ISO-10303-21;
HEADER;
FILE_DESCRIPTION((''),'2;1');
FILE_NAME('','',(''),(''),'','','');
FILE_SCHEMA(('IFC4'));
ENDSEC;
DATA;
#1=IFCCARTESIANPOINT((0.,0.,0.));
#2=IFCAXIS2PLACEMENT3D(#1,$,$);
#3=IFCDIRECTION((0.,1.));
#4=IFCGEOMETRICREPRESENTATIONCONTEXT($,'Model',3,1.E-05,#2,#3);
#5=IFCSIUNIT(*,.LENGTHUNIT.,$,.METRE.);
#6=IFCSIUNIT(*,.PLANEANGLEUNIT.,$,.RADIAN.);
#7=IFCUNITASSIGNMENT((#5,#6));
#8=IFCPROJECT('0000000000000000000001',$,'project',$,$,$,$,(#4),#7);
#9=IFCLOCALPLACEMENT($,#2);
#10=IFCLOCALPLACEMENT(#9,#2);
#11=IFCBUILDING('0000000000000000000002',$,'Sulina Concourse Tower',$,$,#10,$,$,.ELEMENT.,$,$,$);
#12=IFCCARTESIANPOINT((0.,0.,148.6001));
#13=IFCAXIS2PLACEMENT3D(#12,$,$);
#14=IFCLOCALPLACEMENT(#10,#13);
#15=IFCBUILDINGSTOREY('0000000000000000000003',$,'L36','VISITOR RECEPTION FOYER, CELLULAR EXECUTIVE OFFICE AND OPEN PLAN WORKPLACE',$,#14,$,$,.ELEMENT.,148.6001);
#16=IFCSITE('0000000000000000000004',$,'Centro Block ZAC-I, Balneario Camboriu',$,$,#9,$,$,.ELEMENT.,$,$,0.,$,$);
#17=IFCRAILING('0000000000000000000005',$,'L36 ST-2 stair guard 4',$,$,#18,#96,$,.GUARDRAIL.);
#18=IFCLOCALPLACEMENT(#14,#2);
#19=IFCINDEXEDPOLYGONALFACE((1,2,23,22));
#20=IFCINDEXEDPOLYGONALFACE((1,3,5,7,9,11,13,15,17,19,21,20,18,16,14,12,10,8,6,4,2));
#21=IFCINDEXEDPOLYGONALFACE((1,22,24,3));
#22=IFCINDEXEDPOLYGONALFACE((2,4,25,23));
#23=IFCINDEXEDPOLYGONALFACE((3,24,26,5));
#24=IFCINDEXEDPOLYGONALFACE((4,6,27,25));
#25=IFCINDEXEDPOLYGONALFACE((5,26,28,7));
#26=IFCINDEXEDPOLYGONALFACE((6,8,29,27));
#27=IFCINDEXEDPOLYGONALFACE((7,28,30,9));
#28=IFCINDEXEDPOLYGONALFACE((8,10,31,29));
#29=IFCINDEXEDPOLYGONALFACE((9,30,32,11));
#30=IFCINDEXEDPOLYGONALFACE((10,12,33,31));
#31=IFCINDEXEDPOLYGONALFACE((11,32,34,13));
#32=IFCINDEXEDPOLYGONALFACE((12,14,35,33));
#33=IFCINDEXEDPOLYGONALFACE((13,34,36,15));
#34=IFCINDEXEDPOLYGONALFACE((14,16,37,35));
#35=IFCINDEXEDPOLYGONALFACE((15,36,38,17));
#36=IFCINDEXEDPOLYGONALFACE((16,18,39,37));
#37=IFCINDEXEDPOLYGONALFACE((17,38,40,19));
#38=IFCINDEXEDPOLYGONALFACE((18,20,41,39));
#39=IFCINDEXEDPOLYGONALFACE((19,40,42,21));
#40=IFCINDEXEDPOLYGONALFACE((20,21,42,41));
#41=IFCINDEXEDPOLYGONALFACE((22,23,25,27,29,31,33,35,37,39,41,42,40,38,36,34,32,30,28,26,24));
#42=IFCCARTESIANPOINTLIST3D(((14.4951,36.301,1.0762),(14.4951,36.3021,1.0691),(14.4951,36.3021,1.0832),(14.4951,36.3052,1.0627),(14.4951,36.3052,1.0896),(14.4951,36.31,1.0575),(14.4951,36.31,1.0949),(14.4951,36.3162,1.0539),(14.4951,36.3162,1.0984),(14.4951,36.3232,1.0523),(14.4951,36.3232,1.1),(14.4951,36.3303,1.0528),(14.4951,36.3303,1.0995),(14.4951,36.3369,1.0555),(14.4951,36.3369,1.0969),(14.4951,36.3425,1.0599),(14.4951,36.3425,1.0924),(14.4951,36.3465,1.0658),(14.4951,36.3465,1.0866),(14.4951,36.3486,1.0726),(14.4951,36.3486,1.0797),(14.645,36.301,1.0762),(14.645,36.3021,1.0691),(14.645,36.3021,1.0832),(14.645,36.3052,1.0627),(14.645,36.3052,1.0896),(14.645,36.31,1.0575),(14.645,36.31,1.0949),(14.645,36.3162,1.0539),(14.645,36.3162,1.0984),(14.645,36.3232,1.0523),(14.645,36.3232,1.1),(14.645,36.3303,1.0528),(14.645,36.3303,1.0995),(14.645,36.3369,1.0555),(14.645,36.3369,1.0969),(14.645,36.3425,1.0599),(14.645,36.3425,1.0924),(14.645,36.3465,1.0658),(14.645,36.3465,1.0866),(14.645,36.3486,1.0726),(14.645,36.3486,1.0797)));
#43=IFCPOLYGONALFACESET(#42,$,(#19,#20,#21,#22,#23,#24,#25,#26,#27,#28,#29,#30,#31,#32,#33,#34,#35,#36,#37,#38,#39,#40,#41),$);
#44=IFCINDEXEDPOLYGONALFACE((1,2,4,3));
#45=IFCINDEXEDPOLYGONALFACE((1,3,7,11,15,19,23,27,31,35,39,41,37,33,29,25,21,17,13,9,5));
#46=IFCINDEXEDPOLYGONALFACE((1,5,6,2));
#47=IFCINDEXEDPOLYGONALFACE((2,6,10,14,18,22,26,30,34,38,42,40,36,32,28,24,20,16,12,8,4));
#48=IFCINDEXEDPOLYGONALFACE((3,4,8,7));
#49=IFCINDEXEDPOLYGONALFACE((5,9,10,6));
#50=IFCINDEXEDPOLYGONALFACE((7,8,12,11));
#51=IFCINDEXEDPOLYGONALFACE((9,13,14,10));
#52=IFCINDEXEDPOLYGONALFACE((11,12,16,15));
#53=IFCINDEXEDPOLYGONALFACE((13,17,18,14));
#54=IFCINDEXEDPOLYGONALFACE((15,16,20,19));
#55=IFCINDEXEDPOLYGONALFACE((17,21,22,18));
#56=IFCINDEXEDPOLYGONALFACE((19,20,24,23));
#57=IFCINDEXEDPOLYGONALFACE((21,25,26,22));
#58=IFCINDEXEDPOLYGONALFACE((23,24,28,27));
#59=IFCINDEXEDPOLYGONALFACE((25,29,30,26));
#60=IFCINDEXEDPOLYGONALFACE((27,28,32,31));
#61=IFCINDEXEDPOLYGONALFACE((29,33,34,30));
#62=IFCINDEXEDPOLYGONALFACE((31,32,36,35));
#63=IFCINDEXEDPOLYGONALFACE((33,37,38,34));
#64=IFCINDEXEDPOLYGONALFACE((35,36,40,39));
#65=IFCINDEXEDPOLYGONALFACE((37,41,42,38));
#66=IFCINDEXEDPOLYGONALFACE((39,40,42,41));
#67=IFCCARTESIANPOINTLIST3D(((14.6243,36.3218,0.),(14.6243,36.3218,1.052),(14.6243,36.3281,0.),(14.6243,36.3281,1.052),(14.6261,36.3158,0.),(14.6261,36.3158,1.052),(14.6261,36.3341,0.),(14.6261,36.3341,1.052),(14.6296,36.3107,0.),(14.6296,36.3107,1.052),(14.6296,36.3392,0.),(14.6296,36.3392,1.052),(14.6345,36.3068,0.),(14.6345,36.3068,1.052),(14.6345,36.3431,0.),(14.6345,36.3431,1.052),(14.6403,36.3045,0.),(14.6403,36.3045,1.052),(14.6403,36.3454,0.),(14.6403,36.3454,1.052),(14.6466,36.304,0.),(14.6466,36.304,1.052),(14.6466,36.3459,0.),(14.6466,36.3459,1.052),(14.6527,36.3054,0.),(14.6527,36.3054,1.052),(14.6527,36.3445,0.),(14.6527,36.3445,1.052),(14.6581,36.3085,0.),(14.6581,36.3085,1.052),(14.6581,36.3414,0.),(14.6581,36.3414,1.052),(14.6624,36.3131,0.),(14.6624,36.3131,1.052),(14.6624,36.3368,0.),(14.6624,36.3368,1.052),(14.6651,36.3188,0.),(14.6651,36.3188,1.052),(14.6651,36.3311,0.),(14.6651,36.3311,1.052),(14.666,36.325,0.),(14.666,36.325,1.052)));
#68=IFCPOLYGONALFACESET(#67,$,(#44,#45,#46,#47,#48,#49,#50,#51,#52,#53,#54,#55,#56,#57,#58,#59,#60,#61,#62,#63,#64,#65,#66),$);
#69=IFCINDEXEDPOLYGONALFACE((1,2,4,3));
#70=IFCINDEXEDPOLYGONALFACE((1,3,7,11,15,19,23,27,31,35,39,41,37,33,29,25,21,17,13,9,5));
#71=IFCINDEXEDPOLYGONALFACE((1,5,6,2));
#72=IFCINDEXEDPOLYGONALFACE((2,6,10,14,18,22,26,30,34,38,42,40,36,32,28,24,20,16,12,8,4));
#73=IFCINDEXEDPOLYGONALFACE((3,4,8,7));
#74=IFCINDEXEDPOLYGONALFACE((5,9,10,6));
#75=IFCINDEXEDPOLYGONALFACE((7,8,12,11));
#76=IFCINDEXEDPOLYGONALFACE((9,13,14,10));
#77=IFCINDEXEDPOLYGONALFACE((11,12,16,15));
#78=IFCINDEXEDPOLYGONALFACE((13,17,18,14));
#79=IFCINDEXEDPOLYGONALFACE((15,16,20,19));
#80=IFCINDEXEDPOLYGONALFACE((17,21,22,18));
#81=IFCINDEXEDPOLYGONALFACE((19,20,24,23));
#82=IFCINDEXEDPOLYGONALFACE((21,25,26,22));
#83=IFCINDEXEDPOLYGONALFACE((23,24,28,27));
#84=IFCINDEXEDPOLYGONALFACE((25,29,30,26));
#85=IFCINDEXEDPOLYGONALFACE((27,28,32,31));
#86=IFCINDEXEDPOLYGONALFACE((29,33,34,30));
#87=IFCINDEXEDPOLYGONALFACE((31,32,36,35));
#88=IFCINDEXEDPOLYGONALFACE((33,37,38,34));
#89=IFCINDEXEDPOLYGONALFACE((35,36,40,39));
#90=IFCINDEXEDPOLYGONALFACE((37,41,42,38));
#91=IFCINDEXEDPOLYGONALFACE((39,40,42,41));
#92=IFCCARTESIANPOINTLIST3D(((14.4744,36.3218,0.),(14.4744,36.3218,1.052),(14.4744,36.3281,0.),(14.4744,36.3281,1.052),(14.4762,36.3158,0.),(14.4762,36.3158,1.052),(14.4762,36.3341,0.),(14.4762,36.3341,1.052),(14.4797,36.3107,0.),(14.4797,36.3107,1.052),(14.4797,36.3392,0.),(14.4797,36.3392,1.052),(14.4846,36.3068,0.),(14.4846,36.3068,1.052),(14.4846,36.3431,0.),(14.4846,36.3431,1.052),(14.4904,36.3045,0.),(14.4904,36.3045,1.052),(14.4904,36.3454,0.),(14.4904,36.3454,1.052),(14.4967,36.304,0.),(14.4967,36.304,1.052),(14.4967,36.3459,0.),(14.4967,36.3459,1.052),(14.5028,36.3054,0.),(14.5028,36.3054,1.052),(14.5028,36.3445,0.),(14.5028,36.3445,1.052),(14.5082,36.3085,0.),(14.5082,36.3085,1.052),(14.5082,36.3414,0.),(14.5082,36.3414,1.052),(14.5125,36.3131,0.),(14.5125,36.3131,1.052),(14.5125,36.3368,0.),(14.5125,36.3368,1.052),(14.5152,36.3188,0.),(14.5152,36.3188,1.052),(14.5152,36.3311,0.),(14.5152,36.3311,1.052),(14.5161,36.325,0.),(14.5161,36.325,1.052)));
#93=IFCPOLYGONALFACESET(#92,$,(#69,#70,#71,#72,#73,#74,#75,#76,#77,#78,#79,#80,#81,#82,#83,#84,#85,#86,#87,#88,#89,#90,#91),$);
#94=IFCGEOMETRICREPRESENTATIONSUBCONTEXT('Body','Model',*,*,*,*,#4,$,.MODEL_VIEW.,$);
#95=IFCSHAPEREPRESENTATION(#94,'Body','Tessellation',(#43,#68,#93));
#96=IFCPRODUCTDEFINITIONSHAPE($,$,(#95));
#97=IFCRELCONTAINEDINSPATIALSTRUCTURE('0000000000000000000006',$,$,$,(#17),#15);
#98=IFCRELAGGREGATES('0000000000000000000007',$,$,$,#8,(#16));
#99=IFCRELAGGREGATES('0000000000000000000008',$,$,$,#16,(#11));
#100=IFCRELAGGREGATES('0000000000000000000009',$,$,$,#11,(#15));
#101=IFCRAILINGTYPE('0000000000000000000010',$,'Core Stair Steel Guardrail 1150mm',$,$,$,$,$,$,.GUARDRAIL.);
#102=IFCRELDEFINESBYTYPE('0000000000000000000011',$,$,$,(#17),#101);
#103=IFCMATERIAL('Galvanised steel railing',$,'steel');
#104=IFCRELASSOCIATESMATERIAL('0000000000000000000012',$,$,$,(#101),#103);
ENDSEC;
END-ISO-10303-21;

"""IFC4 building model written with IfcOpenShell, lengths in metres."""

from ifc_helpers import new_model, si_unit, direction, frame, origin, origin_2d, place, context, subcontext, project, spatial, circle, extrude, material, type_object, element, save


model = new_model("IFC4")

# Units and contexts
model_context = context("Model", 3, precision=1e-05, world=origin(), true_north=direction((0.0, 1.0)))
body_context = subcontext(model_context, "Body", "Model", "MODEL_VIEW")
ifc_project = project(units=[si_unit("LENGTHUNIT", "METRE"), si_unit("PLANEANGLEUNIT", "RADIAN")], contexts=[model_context])

# Site, building, storey
site_placement = place(None, origin())
site = spatial("IfcSite", under=ifc_project, at=site_placement, Name="Centro Block ZAC-I, Balneario Camboriu", CompositionType="ELEMENT", RefElevation=0.0)
building_placement = place(site_placement, origin())
building = spatial("IfcBuilding", under=site, at=building_placement, Name="Sulina Concourse Tower", CompositionType="ELEMENT")
storey_placement = place(building_placement, frame((0.0, 0.0, 148.6001)))
storey = spatial("IfcBuildingStorey", under=building, at=storey_placement, Name="L36", Description="VISITOR RECEPTION FOYER, CELLULAR EXECUTIVE OFFICE AND OPEN PLAN WORKPLACE", CompositionType="ELEMENT", Elevation=148.6001)

# Railing
ifc_material_1 = material(Name="Galvanised steel railing", Category="steel")
railing_type_1 = type_object("IfcRailingType", Name="Core Stair Steel Guardrail 1150mm", PredefinedType="GUARDRAIL", material=ifc_material_1)
railing_1_placement = place(storey_placement, frame((14.645, 36.325, 0.0)))
element("IfcRailing", 1, at=railing_1_placement, inside=storey, type_object=railing_type_1, Name="L36 ST-2 stair guard 4", PredefinedType="GUARDRAIL", context=body_context, shape_type="SweptSolid", body=[
    extrude(circle(Radius=0.0239, at=origin_2d()), frame((0.0, 0.0, 1.0762), z_axis=(-1.0, 0.0, 0.0), x_axis=(0.0, -1.0, 0.0)), (0.0, 0.0, 1.0), 0.1499),
    extrude(circle(Radius=0.021, at=origin_2d()), origin(), (0.0, 0.0, 1.0), 1.052),
    extrude(circle(Radius=0.021, at=origin_2d()), frame((-0.1499, 0.0, 0.0)), (0.0, 0.0, 1.0), 1.052),
])

save(model, "model.ifc")
